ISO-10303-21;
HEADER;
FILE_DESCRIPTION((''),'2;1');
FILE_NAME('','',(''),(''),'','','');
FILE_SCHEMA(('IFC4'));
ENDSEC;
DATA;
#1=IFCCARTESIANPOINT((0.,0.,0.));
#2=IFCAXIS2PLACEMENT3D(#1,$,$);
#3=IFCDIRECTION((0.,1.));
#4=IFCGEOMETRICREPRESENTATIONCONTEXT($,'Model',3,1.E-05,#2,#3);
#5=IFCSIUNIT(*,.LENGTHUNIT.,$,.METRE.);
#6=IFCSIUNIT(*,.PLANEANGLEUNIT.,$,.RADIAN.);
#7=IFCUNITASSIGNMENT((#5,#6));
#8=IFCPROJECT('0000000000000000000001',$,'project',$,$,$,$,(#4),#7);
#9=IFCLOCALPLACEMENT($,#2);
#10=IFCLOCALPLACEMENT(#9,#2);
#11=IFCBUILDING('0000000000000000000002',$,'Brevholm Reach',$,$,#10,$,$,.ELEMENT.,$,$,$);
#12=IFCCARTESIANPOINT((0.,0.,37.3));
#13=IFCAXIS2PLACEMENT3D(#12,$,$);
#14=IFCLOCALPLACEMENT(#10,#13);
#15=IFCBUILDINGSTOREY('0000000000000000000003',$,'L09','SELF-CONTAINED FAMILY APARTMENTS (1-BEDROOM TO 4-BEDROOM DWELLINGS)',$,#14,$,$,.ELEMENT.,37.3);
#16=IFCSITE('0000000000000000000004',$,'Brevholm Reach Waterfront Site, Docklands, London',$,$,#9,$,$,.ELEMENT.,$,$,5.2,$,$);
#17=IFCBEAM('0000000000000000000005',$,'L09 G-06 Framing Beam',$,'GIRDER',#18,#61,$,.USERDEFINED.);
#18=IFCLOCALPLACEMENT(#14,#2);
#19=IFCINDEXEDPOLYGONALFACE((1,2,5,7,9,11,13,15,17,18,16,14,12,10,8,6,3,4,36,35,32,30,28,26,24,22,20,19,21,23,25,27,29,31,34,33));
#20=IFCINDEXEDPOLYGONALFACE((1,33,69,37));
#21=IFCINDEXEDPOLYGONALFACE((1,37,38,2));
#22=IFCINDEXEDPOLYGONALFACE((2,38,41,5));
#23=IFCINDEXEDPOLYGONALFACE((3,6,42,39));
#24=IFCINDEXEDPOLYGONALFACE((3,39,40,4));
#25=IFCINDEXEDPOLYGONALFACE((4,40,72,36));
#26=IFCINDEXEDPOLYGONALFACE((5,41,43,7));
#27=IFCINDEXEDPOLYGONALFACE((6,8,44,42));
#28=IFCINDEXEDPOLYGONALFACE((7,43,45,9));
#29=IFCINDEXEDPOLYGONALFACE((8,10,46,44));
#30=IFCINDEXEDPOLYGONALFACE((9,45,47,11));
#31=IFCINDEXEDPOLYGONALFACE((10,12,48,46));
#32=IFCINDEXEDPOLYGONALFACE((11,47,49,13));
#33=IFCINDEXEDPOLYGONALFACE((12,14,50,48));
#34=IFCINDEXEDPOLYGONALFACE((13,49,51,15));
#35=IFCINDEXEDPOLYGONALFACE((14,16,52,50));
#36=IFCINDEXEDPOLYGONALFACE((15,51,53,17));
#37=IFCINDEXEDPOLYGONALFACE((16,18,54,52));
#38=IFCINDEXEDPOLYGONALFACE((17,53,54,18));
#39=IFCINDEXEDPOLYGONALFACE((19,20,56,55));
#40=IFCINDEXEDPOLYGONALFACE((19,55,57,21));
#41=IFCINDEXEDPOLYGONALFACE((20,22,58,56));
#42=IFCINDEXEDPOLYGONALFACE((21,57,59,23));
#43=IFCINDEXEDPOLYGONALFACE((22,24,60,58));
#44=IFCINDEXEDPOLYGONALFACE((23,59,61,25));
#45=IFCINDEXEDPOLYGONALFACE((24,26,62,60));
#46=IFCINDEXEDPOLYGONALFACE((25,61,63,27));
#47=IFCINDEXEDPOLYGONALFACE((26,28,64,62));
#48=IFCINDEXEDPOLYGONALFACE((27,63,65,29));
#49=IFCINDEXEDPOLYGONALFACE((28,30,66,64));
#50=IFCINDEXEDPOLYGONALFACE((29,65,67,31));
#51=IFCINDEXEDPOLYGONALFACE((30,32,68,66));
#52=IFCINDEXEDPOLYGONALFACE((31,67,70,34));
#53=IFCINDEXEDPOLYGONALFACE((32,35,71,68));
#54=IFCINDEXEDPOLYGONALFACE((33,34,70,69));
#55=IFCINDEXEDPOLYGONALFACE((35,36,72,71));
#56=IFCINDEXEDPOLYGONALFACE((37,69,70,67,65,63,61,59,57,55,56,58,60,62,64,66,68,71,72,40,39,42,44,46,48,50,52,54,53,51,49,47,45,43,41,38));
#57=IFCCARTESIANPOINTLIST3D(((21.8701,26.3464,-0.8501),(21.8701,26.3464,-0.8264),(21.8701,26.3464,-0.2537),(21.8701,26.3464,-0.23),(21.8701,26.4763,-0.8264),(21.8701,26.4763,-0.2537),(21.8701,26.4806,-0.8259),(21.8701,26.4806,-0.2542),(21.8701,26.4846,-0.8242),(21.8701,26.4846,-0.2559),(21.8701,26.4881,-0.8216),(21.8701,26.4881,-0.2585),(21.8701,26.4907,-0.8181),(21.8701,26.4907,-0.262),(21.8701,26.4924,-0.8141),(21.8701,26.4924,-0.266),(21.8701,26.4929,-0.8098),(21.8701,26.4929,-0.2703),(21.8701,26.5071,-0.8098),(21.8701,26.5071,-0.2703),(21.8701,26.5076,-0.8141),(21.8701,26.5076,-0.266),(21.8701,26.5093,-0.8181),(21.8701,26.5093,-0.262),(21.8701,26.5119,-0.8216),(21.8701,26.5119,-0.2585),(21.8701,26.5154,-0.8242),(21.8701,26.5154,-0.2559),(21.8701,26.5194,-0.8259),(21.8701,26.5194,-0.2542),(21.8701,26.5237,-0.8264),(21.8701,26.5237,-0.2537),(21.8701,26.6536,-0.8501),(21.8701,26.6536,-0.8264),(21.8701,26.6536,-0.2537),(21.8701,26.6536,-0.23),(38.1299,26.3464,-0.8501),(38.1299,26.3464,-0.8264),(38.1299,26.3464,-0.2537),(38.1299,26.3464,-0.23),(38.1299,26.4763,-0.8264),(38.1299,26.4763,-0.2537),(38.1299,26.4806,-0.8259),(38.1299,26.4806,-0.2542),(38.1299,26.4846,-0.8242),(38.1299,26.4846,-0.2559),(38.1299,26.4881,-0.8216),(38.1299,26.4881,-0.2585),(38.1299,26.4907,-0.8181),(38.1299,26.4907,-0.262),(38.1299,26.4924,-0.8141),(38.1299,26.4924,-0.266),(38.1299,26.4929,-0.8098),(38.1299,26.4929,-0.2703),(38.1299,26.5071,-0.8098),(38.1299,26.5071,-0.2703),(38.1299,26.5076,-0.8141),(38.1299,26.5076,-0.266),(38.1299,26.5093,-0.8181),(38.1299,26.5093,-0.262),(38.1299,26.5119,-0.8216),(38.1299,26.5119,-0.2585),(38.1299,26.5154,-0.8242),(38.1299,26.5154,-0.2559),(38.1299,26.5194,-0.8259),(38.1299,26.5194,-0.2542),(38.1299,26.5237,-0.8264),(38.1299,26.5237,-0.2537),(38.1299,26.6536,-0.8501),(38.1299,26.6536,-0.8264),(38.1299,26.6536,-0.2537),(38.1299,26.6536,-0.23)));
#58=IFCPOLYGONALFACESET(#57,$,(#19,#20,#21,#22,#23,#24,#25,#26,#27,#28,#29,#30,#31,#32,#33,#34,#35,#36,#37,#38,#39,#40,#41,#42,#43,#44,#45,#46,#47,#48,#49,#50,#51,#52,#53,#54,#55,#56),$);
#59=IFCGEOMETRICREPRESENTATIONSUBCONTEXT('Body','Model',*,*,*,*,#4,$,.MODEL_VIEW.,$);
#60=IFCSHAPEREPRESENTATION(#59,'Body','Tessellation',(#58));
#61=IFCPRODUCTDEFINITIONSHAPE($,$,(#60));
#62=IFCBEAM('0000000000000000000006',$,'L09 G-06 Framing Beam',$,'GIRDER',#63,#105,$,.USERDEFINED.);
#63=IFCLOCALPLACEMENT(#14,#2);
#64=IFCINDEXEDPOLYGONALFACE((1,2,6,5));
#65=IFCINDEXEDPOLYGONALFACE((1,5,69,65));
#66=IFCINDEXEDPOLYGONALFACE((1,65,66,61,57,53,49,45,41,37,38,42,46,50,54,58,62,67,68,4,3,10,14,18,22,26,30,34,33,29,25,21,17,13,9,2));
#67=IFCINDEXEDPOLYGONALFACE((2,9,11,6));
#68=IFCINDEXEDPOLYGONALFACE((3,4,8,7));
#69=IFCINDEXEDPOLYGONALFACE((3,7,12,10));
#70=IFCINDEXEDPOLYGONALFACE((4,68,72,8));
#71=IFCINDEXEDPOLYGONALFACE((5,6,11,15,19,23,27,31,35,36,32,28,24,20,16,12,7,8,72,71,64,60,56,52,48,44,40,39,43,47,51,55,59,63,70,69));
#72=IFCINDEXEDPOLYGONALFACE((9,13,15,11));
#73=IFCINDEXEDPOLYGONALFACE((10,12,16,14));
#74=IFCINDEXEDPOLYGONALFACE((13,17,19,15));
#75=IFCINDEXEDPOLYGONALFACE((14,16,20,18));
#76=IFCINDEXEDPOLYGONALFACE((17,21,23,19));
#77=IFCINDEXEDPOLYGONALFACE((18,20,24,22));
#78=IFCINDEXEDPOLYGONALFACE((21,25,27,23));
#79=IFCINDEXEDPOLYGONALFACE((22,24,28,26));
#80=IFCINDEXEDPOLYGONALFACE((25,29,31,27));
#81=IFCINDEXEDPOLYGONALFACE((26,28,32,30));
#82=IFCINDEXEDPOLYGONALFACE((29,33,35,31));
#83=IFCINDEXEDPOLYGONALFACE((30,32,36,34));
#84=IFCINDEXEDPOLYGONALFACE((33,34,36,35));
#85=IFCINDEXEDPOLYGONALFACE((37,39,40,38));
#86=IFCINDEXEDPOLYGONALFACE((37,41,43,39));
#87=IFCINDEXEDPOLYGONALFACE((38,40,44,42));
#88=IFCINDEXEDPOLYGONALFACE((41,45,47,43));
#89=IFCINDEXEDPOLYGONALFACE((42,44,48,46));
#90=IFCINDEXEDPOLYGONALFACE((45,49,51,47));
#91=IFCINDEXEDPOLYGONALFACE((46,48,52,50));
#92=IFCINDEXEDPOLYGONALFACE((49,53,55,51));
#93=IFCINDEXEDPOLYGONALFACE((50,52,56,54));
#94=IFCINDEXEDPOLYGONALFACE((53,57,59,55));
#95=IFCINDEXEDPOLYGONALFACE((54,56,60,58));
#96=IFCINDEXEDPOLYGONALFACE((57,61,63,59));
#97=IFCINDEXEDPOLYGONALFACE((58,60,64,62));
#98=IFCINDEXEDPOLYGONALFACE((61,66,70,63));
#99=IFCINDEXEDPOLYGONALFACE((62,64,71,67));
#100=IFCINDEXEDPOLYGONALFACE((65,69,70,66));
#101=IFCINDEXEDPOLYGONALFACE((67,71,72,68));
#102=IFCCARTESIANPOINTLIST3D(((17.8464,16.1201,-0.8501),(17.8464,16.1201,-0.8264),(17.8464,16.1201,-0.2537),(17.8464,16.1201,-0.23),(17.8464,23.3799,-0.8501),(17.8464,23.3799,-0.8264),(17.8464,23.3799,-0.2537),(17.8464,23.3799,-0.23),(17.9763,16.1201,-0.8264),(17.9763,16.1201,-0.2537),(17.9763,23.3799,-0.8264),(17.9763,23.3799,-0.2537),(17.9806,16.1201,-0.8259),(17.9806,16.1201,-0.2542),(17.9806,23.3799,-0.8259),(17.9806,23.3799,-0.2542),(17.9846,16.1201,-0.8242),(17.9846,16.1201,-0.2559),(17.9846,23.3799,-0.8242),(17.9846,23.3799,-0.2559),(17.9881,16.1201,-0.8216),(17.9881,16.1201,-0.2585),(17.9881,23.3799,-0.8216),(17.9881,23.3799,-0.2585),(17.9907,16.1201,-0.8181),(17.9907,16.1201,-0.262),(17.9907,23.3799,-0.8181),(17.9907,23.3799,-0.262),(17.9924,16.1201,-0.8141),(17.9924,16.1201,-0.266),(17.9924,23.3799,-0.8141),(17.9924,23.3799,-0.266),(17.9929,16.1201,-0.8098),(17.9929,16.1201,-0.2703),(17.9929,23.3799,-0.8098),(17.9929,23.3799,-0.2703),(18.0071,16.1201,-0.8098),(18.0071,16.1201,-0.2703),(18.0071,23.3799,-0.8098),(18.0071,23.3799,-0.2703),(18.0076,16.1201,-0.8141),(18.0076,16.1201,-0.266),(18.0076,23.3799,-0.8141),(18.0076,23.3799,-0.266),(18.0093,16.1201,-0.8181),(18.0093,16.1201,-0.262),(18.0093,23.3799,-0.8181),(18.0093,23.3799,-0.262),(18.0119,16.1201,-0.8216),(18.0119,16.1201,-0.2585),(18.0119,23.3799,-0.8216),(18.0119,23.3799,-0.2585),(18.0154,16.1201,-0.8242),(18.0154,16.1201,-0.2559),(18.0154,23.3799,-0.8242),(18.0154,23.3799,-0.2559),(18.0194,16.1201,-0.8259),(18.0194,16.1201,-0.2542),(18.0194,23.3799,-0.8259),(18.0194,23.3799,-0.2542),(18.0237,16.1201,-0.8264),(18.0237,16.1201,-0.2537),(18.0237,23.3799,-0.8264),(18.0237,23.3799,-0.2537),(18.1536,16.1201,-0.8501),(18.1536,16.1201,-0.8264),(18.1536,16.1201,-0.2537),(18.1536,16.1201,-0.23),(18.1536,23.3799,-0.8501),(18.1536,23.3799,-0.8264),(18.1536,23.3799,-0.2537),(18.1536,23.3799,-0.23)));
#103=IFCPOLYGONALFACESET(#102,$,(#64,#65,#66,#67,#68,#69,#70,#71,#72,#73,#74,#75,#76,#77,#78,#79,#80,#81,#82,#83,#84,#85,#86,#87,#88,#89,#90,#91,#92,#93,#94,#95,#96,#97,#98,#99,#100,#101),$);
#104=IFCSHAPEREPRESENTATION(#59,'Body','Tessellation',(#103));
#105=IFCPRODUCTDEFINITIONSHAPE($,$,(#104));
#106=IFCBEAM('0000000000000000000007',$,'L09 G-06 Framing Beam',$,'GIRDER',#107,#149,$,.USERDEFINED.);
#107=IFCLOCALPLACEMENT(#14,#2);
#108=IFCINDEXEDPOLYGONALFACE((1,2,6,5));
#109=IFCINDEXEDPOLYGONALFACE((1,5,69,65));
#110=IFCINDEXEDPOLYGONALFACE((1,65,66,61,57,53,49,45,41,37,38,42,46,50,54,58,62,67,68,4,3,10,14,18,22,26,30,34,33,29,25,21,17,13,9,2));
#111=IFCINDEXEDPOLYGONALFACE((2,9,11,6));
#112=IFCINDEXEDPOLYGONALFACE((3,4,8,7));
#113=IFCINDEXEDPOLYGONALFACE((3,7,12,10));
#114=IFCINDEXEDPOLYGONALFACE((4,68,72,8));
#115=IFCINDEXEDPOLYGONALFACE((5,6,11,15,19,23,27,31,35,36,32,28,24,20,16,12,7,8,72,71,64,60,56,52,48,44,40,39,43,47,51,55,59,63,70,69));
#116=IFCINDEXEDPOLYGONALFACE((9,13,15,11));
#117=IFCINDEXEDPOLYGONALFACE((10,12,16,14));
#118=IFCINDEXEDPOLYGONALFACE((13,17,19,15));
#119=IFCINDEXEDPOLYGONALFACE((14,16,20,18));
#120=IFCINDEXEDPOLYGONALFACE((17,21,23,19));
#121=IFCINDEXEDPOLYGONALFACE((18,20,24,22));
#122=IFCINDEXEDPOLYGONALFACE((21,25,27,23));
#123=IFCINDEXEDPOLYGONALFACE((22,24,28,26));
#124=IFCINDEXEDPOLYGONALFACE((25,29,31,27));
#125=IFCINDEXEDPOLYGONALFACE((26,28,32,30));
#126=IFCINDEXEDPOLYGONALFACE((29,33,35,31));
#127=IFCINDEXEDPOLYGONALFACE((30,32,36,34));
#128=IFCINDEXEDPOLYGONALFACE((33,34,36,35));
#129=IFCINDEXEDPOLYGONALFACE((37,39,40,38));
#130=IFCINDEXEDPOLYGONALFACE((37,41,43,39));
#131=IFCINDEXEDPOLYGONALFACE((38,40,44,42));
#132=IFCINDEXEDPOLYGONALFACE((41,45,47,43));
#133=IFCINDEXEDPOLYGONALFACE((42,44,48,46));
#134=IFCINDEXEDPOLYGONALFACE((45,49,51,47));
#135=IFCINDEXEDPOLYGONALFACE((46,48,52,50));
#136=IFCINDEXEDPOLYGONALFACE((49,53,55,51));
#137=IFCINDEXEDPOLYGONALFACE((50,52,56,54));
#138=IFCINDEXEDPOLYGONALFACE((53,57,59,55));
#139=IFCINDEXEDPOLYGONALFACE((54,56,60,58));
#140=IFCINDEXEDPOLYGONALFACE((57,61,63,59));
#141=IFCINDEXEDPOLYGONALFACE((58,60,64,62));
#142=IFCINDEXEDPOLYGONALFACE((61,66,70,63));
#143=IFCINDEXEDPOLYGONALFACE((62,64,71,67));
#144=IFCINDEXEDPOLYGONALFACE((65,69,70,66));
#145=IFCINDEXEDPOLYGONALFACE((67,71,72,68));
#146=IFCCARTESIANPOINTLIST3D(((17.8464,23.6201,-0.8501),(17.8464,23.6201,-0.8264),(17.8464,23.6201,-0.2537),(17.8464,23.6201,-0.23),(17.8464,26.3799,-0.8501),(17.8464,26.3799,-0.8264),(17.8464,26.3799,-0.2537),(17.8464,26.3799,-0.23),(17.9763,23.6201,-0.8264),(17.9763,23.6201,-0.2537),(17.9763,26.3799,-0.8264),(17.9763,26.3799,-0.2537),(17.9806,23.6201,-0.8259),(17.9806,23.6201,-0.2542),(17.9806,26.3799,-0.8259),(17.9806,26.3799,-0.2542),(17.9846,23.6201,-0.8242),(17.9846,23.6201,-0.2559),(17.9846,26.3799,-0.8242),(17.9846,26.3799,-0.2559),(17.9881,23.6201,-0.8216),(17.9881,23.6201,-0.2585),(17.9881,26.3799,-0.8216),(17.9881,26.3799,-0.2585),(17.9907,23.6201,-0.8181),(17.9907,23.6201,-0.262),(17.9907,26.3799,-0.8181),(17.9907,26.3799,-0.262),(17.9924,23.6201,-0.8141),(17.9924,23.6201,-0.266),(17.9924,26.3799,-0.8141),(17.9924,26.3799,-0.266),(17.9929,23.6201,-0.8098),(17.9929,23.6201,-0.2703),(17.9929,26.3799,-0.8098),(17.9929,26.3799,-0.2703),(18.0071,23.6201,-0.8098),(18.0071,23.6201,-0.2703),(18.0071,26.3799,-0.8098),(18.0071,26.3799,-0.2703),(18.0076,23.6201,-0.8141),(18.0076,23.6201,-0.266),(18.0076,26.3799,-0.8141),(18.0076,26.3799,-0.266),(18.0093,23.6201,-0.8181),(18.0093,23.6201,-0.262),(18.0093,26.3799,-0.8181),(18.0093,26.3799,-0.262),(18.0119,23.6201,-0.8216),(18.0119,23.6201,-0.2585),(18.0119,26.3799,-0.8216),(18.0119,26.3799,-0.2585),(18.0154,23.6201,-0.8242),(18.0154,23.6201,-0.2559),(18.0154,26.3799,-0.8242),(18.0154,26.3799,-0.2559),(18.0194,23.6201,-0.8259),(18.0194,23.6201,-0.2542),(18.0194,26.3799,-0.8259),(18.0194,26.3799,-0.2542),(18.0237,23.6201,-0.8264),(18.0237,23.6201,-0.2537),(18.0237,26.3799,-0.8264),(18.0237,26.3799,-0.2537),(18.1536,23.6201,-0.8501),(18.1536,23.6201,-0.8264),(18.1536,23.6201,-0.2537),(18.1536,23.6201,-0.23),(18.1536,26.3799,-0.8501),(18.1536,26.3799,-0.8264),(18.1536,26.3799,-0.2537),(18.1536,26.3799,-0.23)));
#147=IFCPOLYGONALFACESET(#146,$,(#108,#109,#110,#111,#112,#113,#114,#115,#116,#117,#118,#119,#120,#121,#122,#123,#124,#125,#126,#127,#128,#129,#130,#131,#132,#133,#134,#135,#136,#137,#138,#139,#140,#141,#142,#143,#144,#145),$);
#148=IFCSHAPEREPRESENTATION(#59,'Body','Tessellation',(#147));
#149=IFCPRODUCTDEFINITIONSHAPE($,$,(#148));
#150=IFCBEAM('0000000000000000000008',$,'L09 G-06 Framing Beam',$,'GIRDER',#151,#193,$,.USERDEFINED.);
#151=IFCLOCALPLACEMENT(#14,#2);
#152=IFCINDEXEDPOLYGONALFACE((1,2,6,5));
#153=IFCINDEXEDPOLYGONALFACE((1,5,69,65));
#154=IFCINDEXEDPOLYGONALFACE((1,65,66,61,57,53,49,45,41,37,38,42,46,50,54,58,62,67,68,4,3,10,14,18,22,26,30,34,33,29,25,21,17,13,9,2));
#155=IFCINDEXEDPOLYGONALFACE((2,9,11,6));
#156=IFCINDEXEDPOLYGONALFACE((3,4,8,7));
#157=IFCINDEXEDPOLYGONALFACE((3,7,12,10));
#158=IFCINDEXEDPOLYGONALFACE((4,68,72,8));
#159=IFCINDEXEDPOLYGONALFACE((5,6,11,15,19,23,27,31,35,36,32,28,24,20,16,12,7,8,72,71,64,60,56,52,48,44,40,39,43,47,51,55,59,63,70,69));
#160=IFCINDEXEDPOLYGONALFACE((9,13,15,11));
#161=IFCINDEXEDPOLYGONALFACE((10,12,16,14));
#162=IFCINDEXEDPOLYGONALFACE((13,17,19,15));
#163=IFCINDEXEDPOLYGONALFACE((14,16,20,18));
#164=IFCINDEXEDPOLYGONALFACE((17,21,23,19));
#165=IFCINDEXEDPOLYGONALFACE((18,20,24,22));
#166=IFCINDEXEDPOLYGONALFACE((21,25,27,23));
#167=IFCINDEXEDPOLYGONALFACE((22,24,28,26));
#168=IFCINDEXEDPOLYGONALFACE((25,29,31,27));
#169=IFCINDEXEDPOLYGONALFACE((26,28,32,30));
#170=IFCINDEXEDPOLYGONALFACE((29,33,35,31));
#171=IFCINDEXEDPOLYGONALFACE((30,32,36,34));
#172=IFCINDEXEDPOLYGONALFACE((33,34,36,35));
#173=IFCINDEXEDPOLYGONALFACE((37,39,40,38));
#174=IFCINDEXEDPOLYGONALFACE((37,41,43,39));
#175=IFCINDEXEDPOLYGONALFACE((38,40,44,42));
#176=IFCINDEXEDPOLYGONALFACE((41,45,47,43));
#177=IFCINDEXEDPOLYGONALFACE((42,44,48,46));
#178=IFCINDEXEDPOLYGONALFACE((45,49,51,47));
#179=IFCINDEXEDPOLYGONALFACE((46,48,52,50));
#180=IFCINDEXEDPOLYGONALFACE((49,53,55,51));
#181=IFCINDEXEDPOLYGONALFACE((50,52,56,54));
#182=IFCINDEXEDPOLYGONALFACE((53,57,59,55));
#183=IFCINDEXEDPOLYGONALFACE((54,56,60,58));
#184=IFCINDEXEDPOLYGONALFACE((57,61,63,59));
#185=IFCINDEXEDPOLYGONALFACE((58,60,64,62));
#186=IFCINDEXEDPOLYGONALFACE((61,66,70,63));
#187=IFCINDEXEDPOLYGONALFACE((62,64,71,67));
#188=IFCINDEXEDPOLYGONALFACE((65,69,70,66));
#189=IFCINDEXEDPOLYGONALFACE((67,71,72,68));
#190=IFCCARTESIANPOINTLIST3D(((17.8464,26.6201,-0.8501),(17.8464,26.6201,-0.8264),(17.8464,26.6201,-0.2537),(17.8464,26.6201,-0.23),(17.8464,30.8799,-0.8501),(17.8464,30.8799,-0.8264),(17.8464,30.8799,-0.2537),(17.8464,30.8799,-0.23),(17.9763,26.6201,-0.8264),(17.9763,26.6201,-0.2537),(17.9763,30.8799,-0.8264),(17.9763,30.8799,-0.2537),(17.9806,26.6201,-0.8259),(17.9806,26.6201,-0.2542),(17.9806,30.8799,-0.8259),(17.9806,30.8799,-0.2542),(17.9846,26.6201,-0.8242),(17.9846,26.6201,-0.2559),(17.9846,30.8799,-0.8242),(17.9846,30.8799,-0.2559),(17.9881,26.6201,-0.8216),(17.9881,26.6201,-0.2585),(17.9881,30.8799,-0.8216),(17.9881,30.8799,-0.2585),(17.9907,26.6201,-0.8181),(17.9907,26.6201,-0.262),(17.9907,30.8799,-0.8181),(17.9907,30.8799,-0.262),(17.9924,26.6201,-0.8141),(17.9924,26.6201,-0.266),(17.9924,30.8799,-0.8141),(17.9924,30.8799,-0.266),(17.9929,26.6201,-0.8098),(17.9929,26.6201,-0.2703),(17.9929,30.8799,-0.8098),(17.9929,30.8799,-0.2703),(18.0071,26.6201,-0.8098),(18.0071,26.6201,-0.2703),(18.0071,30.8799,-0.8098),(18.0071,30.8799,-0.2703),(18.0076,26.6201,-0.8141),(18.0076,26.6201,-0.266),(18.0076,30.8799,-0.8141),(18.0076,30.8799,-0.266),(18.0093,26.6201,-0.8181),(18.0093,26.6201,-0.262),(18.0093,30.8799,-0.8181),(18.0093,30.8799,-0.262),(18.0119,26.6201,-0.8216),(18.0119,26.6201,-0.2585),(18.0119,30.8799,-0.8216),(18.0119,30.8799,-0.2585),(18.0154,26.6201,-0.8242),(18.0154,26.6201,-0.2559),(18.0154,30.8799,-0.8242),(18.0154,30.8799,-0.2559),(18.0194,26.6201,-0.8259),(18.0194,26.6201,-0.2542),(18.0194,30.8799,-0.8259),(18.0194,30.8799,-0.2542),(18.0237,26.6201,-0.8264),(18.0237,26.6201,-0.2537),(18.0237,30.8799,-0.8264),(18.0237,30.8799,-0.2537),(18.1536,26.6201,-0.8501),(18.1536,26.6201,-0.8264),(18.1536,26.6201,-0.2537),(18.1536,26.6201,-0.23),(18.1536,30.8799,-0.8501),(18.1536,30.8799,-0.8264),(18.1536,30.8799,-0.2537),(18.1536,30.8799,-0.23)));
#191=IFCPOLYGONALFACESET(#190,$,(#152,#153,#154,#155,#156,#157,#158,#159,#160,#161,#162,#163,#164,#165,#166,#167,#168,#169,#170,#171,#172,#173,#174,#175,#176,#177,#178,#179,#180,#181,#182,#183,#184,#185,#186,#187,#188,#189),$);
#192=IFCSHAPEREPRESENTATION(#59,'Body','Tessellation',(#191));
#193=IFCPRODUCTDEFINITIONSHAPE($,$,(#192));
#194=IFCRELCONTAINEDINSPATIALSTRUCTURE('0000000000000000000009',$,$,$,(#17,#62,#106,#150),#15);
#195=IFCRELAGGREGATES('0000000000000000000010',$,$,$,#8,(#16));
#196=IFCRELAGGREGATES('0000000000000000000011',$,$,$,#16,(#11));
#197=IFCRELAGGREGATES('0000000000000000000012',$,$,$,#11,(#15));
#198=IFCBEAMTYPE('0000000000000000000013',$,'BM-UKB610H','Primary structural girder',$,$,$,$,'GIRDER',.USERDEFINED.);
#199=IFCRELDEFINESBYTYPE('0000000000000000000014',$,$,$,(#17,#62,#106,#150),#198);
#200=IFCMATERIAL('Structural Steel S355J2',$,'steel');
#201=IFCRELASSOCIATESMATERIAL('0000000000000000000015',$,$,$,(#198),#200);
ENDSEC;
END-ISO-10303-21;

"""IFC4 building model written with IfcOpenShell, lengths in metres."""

from ifc_helpers import new_model, si_unit, direction, frame, origin, origin_2d, place, context, subcontext, project, spatial, i_section, extrude, material, material_profile, profile_set, type_object, element, save


model = new_model("IFC4")

# Units and contexts
model_context = context("Model", 3, precision=1e-05, world=origin(), true_north=direction((0.0, 1.0)))
body_context = subcontext(model_context, "Body", "Model", "MODEL_VIEW")
ifc_project = project(units=[si_unit("LENGTHUNIT", "METRE"), si_unit("PLANEANGLEUNIT", "RADIAN")], contexts=[model_context])

# Site, building, storey
site_placement = place(None, origin())
site = spatial("IfcSite", under=ifc_project, at=site_placement, Name="Brevholm Reach Waterfront Site, Docklands, London", CompositionType="ELEMENT", RefElevation=5.2)
building_placement = place(site_placement, origin())
building = spatial("IfcBuilding", under=site, at=building_placement, Name="Brevholm Reach", CompositionType="ELEMENT")
storey_placement = place(building_placement, frame((0.0, 0.0, 37.3)))
storey = spatial("IfcBuildingStorey", under=building, at=storey_placement, Name="L09", Description="SELF-CONTAINED FAMILY APARTMENTS (1-BEDROOM TO 4-BEDROOM DWELLINGS)", CompositionType="ELEMENT", Elevation=37.3)

# Beams
ifc_material_1 = material(Name="Structural Steel S355J2", Category="steel")
ifc_material_profile_1 = material_profile(ifc_material_1, i_section(OverallWidth=0.3071, OverallDepth=0.6201, WebThickness=0.0142, FlangeThickness=0.0237, FilletRadius=0.0166, at=origin_2d()), Name="UKB 610x305x179")
ifc_profile_set_1 = profile_set([ifc_material_profile_1], Name="Structural Steel S355J2")
beam_type_1 = type_object("IfcBeamType", Name="BM-UKB610H", Description="Primary structural girder", ElementType="GIRDER", PredefinedType="USERDEFINED", material=ifc_profile_set_1)
beam_1_placement = place(storey_placement, frame((21.8701, 26.5, -0.54), z_axis=(1.0, 0.0, 0.0), x_axis=(0.0, 1.0, 0.0)))
element("IfcBeam", 1, at=beam_1_placement, inside=storey, type_object=beam_type_1, Name="L09 G-06 Framing Beam", ObjectType="GIRDER", PredefinedType="USERDEFINED", context=body_context, shape_type="SweptSolid", body=[
    extrude(i_section(OverallWidth=0.3071, OverallDepth=0.6201, WebThickness=0.0142, FlangeThickness=0.0237, FilletRadius=0.0166, at=origin_2d()), origin(), (0.0, 0.0, 1.0), 16.2598),
])
beam_2_placement = place(storey_placement, frame((18.0, 16.1201, -0.54), z_axis=(0.0, 1.0, 0.0), x_axis=(-1.0, 0.0, 0.0)))
element("IfcBeam", 2, at=beam_2_placement, inside=storey, type_object=beam_type_1, Name="L09 G-06 Framing Beam", ObjectType="GIRDER", PredefinedType="USERDEFINED", context=body_context, shape_type="SweptSolid", body=[
    extrude(i_section(OverallWidth=0.3071, OverallDepth=0.6201, WebThickness=0.0142, FlangeThickness=0.0237, FilletRadius=0.0166, at=origin_2d()), origin(), (0.0, 0.0, 1.0), 7.2598),
])
beam_3_placement = place(storey_placement, frame((18.0, 23.6201, -0.54), z_axis=(0.0, 1.0, 0.0), x_axis=(-1.0, 0.0, 0.0)))
element("IfcBeam", 3, at=beam_3_placement, inside=storey, type_object=beam_type_1, Name="L09 G-06 Framing Beam", ObjectType="GIRDER", PredefinedType="USERDEFINED", context=body_context, shape_type="SweptSolid", body=[
    extrude(i_section(OverallWidth=0.3071, OverallDepth=0.6201, WebThickness=0.0142, FlangeThickness=0.0237, FilletRadius=0.0166, at=origin_2d()), origin(), (0.0, 0.0, 1.0), 2.7598),
])
beam_4_placement = place(storey_placement, frame((18.0, 26.6201, -0.54), z_axis=(0.0, 1.0, 0.0), x_axis=(-1.0, 0.0, 0.0)))
element("IfcBeam", 4, at=beam_4_placement, inside=storey, type_object=beam_type_1, Name="L09 G-06 Framing Beam", ObjectType="GIRDER", PredefinedType="USERDEFINED", context=body_context, shape_type="SweptSolid", body=[
    extrude(i_section(OverallWidth=0.3071, OverallDepth=0.6201, WebThickness=0.0142, FlangeThickness=0.0237, FilletRadius=0.0166, at=origin_2d()), origin(), (0.0, 0.0, 1.0), 4.2598),
])

save(model, "model.ifc")
